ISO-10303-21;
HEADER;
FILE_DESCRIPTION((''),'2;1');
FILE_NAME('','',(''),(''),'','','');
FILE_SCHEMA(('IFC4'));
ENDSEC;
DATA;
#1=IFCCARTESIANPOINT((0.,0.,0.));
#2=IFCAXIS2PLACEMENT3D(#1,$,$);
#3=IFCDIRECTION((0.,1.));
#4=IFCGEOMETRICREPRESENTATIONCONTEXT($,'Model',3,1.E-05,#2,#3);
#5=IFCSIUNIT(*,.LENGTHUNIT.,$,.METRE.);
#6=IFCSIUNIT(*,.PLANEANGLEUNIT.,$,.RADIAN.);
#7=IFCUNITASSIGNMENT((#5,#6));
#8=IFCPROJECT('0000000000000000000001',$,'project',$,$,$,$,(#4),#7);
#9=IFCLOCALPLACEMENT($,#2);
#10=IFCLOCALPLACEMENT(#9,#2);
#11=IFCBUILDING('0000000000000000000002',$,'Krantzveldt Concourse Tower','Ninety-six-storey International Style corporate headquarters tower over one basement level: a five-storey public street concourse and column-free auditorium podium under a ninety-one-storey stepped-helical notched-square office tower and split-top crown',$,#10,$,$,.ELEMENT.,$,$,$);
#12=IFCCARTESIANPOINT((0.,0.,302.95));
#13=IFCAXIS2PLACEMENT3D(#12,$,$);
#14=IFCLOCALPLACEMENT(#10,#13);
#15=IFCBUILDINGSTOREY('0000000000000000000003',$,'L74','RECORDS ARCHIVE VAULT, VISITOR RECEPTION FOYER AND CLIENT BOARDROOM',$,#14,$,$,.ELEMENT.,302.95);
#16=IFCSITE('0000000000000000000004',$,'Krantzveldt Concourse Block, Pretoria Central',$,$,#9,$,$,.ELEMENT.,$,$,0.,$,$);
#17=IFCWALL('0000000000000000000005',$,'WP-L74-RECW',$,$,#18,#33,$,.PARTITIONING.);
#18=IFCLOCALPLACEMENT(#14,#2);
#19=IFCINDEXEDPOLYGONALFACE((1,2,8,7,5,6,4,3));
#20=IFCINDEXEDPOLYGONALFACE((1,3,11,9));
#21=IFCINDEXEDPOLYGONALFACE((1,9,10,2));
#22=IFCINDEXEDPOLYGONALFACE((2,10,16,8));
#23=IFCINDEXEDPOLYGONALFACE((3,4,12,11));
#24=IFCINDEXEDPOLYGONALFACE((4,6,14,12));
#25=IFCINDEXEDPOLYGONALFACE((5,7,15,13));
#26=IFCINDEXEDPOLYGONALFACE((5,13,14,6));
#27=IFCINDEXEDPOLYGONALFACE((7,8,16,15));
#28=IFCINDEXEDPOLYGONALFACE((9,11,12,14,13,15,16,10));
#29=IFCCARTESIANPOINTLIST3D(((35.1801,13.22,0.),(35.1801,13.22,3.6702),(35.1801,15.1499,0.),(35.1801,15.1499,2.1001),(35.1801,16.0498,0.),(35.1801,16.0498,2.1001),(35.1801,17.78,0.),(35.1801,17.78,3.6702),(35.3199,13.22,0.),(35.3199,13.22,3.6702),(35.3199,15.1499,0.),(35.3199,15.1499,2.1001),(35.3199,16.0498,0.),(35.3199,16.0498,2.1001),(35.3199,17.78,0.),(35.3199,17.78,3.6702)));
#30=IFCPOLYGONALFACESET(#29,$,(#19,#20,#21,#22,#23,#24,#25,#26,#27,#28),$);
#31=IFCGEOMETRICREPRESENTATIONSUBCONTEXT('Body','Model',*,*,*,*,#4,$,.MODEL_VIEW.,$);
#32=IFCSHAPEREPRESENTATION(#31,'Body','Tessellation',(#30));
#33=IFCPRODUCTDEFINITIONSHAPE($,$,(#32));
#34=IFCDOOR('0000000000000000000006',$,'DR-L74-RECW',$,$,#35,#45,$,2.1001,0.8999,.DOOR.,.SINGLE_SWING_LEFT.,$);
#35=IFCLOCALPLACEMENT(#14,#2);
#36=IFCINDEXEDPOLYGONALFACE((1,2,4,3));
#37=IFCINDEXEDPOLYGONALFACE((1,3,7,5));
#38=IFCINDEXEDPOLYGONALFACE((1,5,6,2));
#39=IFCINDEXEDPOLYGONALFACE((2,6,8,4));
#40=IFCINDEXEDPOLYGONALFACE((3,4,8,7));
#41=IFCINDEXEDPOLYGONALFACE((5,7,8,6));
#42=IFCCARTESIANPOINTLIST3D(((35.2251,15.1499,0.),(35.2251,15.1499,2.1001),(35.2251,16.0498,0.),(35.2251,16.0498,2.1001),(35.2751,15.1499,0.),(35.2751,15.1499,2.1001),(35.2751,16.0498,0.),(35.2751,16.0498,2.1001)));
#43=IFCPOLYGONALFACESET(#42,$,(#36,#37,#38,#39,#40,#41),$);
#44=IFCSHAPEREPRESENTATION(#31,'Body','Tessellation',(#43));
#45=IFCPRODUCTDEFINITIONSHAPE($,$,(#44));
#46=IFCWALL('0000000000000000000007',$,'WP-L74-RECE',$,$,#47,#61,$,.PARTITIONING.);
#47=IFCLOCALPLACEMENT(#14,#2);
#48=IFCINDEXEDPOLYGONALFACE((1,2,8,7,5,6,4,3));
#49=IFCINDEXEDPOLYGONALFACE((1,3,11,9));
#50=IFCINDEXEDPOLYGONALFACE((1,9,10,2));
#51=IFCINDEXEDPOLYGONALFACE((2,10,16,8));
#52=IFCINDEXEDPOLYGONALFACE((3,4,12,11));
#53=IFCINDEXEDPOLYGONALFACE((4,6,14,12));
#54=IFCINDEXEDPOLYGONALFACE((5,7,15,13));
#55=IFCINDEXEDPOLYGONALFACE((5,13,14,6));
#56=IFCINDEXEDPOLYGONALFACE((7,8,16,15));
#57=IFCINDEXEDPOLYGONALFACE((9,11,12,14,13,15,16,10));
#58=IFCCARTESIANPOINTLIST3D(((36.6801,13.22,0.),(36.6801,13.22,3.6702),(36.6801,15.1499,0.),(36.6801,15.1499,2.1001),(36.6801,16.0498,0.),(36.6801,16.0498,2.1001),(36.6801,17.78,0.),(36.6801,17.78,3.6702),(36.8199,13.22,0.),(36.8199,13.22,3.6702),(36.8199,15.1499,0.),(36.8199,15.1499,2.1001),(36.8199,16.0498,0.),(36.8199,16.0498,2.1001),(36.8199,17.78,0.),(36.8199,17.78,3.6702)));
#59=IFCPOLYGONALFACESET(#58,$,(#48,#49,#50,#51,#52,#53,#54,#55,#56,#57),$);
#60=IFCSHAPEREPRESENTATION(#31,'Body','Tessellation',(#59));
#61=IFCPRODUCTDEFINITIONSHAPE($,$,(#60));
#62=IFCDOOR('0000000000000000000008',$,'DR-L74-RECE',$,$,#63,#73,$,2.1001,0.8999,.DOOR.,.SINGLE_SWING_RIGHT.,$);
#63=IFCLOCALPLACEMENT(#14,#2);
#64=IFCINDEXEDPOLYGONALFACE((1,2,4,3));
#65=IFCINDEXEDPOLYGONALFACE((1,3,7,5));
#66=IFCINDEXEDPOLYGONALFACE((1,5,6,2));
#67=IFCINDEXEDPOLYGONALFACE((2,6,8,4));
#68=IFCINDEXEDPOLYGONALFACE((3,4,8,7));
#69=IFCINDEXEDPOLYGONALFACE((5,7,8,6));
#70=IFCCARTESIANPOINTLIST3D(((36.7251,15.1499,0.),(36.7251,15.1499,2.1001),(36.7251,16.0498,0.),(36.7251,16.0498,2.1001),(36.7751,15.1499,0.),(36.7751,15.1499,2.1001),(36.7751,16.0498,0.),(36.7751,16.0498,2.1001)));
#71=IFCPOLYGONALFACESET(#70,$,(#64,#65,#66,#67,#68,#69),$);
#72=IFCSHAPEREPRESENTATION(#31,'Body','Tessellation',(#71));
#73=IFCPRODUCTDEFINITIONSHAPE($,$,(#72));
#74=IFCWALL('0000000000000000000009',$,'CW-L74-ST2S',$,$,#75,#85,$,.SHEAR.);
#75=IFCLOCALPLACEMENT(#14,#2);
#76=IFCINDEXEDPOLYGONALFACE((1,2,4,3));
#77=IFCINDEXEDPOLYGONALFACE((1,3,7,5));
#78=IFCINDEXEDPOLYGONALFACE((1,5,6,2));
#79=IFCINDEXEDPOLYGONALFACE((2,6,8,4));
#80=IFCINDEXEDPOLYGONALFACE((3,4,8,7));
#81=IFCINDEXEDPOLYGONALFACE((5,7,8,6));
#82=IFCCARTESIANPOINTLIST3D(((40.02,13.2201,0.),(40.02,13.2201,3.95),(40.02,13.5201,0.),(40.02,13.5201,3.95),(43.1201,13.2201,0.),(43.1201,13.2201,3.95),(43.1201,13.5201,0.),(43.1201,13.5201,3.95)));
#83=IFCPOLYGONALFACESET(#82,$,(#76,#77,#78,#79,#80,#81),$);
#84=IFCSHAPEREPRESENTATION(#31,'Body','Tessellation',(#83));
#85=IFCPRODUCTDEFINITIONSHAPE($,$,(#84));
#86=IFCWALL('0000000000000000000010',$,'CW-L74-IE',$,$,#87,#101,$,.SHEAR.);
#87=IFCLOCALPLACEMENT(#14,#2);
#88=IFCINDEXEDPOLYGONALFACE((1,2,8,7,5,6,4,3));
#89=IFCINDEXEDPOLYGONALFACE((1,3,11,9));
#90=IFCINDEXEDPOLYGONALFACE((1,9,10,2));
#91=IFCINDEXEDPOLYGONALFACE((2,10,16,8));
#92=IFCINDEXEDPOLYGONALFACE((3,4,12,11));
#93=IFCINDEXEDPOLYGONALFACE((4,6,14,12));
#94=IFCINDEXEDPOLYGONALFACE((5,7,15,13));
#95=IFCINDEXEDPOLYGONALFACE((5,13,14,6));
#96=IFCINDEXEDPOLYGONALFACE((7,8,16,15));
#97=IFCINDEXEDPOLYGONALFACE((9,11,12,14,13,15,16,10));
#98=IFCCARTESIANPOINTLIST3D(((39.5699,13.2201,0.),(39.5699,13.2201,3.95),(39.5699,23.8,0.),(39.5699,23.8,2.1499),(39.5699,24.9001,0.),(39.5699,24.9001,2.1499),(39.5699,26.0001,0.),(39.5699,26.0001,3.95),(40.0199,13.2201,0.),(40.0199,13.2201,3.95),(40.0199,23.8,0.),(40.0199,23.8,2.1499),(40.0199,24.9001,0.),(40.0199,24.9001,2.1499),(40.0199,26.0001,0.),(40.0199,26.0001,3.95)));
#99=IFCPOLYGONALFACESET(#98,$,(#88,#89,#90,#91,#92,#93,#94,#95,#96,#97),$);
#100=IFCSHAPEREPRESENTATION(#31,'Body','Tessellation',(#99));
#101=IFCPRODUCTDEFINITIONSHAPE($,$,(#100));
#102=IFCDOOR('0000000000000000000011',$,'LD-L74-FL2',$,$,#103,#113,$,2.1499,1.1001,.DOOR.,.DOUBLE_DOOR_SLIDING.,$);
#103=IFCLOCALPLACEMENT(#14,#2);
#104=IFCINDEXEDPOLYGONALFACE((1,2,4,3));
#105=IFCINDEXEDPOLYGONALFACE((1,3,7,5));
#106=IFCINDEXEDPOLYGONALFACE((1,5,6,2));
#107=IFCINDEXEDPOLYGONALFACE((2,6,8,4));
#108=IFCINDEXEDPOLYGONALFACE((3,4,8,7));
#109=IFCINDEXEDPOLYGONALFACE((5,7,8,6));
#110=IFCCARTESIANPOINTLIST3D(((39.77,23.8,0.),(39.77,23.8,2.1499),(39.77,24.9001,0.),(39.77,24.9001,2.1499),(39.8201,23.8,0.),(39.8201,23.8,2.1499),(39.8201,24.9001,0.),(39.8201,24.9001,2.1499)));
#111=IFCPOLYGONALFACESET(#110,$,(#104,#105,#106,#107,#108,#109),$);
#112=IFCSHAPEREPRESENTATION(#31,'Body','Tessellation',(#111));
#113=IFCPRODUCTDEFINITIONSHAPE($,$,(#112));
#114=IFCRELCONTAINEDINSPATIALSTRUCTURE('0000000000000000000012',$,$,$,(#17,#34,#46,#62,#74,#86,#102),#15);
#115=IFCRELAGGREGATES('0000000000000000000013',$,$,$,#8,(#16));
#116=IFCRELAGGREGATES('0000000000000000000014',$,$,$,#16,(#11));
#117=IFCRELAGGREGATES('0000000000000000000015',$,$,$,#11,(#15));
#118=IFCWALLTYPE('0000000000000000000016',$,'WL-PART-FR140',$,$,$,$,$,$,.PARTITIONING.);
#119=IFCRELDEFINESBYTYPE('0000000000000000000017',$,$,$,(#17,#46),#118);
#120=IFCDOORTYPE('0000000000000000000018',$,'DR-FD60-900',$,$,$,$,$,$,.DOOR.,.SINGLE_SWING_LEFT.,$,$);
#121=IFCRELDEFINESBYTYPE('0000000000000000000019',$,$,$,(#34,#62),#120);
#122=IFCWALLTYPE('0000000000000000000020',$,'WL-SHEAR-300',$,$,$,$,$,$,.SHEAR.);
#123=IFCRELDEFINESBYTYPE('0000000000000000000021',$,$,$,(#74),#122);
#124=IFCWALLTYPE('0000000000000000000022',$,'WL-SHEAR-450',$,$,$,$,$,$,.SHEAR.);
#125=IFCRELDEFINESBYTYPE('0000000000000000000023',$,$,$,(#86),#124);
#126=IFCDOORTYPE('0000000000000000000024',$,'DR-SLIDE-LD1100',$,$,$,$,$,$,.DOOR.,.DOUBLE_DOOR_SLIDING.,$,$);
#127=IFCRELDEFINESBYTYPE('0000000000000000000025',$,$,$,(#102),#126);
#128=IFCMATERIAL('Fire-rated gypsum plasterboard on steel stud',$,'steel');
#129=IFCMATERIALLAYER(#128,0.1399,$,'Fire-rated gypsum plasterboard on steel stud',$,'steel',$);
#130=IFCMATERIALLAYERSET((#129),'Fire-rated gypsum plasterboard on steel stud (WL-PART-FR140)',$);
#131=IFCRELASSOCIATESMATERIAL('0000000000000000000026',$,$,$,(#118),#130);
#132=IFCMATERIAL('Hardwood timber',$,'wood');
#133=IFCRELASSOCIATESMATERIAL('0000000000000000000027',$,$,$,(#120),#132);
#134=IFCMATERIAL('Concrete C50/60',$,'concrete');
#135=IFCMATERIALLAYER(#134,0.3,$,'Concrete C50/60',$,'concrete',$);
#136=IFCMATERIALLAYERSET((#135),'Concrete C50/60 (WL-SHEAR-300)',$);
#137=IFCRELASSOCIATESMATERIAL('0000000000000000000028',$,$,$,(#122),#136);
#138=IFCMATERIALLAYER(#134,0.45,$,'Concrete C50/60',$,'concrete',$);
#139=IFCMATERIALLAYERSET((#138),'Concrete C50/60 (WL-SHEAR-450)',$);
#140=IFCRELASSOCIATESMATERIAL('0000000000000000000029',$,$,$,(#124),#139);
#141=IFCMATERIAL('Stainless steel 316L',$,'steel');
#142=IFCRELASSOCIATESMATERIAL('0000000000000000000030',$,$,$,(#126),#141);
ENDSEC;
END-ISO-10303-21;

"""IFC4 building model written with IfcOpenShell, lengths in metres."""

from ifc_helpers import new_model, si_unit, direction, frame, frame_2d, origin, place, context, subcontext, project, spatial, rectangle, extrude, material, layer, layer_set, type_object, element, fill, save


model = new_model("IFC4")

# Units and contexts
model_context = context("Model", 3, precision=1e-05, world=origin(), true_north=direction((0.0, 1.0)))
body_context = subcontext(model_context, "Body", "Model", "MODEL_VIEW")
ifc_project = project(units=[si_unit("LENGTHUNIT", "METRE"), si_unit("PLANEANGLEUNIT", "RADIAN")], contexts=[model_context])

# Site, building, storey
site_placement = place(None, origin())
site = spatial("IfcSite", under=ifc_project, at=site_placement, Name="Krantzveldt Concourse Block, Pretoria Central", CompositionType="ELEMENT", RefElevation=0.0)
building_placement = place(site_placement, origin())
building = spatial("IfcBuilding", under=site, at=building_placement, Name="Krantzveldt Concourse Tower", Description="Ninety-six-storey International Style corporate headquarters tower over one basement level: a five-storey public street concourse and column-free auditorium podium under a ninety-one-storey stepped-helical notched-square office tower and split-top crown", CompositionType="ELEMENT")
storey_placement = place(building_placement, frame((0.0, 0.0, 302.95)))
storey = spatial("IfcBuildingStorey", under=building, at=storey_placement, Name="L74", Description="RECORDS ARCHIVE VAULT, VISITOR RECEPTION FOYER AND CLIENT BOARDROOM", CompositionType="ELEMENT", Elevation=302.95)

# Shared definitions
ifc_material_1 = material(Name="Fire-rated gypsum plasterboard on steel stud", Category="steel")
ifc_material_2 = material(Name="Hardwood timber", Category="wood")

# Walls, openings, doors
ifc_layer_1 = layer(ifc_material_1, 0.1399, Name="Fire-rated gypsum plasterboard on steel stud", Category="steel")
ifc_layer_set_1 = layer_set([ifc_layer_1], Name="Fire-rated gypsum plasterboard on steel stud (WL-PART-FR140)")
wall_type_1 = type_object("IfcWallType", Name="WL-PART-FR140", PredefinedType="PARTITIONING", material=ifc_layer_set_1)
wall_1_placement = place(storey_placement, frame((35.25, 13.22, 0.0), z_axis=(0.0, 0.0, 1.0), x_axis=(0.0, 1.0, 0.0)))
wall_1 = element("IfcWall", 1, at=wall_1_placement, inside=storey, type_object=wall_type_1, Name="WP-L74-RECW", PredefinedType="PARTITIONING", context=body_context, shape_type="SweptSolid", body=[
    extrude(rectangle(XDim=4.5601, YDim=0.1399, at=frame_2d((2.28, 0.0))), origin(), (0.0, 0.0, 1.0), 3.6702),
])
opening_1_placement = place(wall_1_placement, frame((1.9299, 0.0, 0.0)))
opening_1 = element("IfcOpeningElement", 2, at=opening_1_placement, cuts=wall_1, PredefinedType="OPENING", context=body_context, shape_type="SweptSolid", body=[
    extrude(rectangle(XDim=0.8999, YDim=2.1001, at=frame_2d((0.45, 1.05))), frame((0.0, 0.0801, 0.0), z_axis=(0.0, -1.0, 0.0), x_axis=(1.0, 0.0, 0.0)), (0.0, 0.0, 1.0), 0.1599),
])
door_type_1 = type_object("IfcDoorType", Name="DR-FD60-900", OperationType="SINGLE_SWING_LEFT", PredefinedType="DOOR", material=ifc_material_2)
door_1_placement = place(opening_1_placement, origin())
door_1 = element("IfcDoor", 3, at=door_1_placement, inside=storey, type_object=door_type_1, Name="DR-L74-RECW", OperationType="SINGLE_SWING_LEFT", OverallHeight=2.1001, OverallWidth=0.8999, PredefinedType="DOOR", context=body_context, shape_type="SweptSolid", body=[
    extrude(rectangle(XDim=0.8999, YDim=2.1001, at=frame_2d((0.45, 1.05))), frame((0.0, 0.0249, 0.0), z_axis=(0.0, -1.0, 0.0), x_axis=(1.0, 0.0, 0.0)), (0.0, 0.0, 1.0), 0.05),
])
fill(opening_1, door_1)
wall_2_placement = place(storey_placement, frame((36.75, 13.22, 0.0), z_axis=(0.0, 0.0, 1.0), x_axis=(0.0, 1.0, 0.0)))
wall_2 = element("IfcWall", 4, at=wall_2_placement, inside=storey, type_object=wall_type_1, Name="WP-L74-RECE", PredefinedType="PARTITIONING", context=body_context, shape_type="SweptSolid", body=[
    extrude(rectangle(XDim=4.5601, YDim=0.1399, at=frame_2d((2.28, 0.0))), origin(), (0.0, 0.0, 1.0), 3.6702),
])
opening_2_placement = place(wall_2_placement, frame((1.9299, 0.0, 0.0)))
opening_2 = element("IfcOpeningElement", 5, at=opening_2_placement, cuts=wall_2, PredefinedType="OPENING", context=body_context, shape_type="SweptSolid", body=[
    extrude(rectangle(XDim=0.8999, YDim=2.1001, at=frame_2d((0.45, 1.05))), frame((0.0, 0.0801, 0.0), z_axis=(0.0, -1.0, 0.0), x_axis=(1.0, 0.0, 0.0)), (0.0, 0.0, 1.0), 0.1599),
])
door_2_placement = place(opening_2_placement, origin())
door_2 = element("IfcDoor", 6, at=door_2_placement, inside=storey, type_object=door_type_1, Name="DR-L74-RECE", OperationType="SINGLE_SWING_RIGHT", OverallHeight=2.1001, OverallWidth=0.8999, PredefinedType="DOOR", context=body_context, shape_type="SweptSolid", body=[
    extrude(rectangle(XDim=0.8999, YDim=2.1001, at=frame_2d((0.45, 1.05))), frame((0.0, 0.0249, 0.0), z_axis=(0.0, -1.0, 0.0), x_axis=(1.0, 0.0, 0.0)), (0.0, 0.0, 1.0), 0.05),
])
fill(opening_2, door_2)

# Wall
ifc_material_3 = material(Name="Concrete C50/60", Category="concrete")
ifc_layer_2 = layer(ifc_material_3, 0.3, Name="Concrete C50/60", Category="concrete")
ifc_layer_set_2 = layer_set([ifc_layer_2], Name="Concrete C50/60 (WL-SHEAR-300)")
wall_type_2 = type_object("IfcWallType", Name="WL-SHEAR-300", PredefinedType="SHEAR", material=ifc_layer_set_2)
wall_3_placement = place(storey_placement, frame((40.02, 13.3701, 0.0), z_axis=(0.0, 0.0, 1.0), x_axis=(1.0, 0.0, 0.0)))
element("IfcWall", 7, at=wall_3_placement, inside=storey, type_object=wall_type_2, Name="CW-L74-ST2S", PredefinedType="SHEAR", context=body_context, shape_type="SweptSolid", body=[
    extrude(rectangle(XDim=3.1001, YDim=0.3, at=frame_2d((1.55, 0.0))), origin(), (0.0, 0.0, 1.0), 3.95),
])

# Wall, opening, door
ifc_layer_3 = layer(ifc_material_3, 0.45, Name="Concrete C50/60", Category="concrete")
ifc_layer_set_3 = layer_set([ifc_layer_3], Name="Concrete C50/60 (WL-SHEAR-450)")
wall_type_3 = type_object("IfcWallType", Name="WL-SHEAR-450", PredefinedType="SHEAR", material=ifc_layer_set_3)
wall_4_placement = place(storey_placement, frame((39.7949, 13.22, 0.0), z_axis=(0.0, 0.0, 1.0), x_axis=(0.0, 1.0, 0.0)))
wall_4 = element("IfcWall", 8, at=wall_4_placement, inside=storey, type_object=wall_type_3, Name="CW-L74-IE", PredefinedType="SHEAR", context=body_context, shape_type="SweptSolid", body=[
    extrude(rectangle(XDim=12.78, YDim=0.45, at=frame_2d((6.3901, 0.0))), origin(), (0.0, 0.0, 1.0), 3.95),
])
opening_3_placement = place(wall_4_placement, frame((10.5801, 0.0, 0.0)))
opening_3 = element("IfcOpeningElement", 9, at=opening_3_placement, cuts=wall_4, PredefinedType="OPENING", context=body_context, shape_type="SweptSolid", body=[
    extrude(rectangle(XDim=1.1001, YDim=2.1499, at=frame_2d((0.55, 1.075))), frame((0.0, 0.2349, 0.0), z_axis=(0.0, -1.0, 0.0), x_axis=(1.0, 0.0, 0.0)), (0.0, 0.0, 1.0), 0.47),
])
ifc_material_4 = material(Name="Stainless steel 316L", Category="steel")
door_type_2 = type_object("IfcDoorType", Name="DR-SLIDE-LD1100", OperationType="DOUBLE_DOOR_SLIDING", PredefinedType="DOOR", material=ifc_material_4)
door_3_placement = place(opening_3_placement, origin())
door_3 = element("IfcDoor", 10, at=door_3_placement, inside=storey, type_object=door_type_2, Name="LD-L74-FL2", OperationType="DOUBLE_DOOR_SLIDING", OverallHeight=2.1499, OverallWidth=1.1001, PredefinedType="DOOR", context=body_context, shape_type="SweptSolid", body=[
    extrude(rectangle(XDim=1.1001, YDim=2.1499, at=frame_2d((0.55, 1.075))), frame((0.0, 0.0249, 0.0), z_axis=(0.0, -1.0, 0.0), x_axis=(1.0, 0.0, 0.0)), (0.0, 0.0, 1.0), 0.05),
])
fill(opening_3, door_3)

save(model, "model.ifc")
